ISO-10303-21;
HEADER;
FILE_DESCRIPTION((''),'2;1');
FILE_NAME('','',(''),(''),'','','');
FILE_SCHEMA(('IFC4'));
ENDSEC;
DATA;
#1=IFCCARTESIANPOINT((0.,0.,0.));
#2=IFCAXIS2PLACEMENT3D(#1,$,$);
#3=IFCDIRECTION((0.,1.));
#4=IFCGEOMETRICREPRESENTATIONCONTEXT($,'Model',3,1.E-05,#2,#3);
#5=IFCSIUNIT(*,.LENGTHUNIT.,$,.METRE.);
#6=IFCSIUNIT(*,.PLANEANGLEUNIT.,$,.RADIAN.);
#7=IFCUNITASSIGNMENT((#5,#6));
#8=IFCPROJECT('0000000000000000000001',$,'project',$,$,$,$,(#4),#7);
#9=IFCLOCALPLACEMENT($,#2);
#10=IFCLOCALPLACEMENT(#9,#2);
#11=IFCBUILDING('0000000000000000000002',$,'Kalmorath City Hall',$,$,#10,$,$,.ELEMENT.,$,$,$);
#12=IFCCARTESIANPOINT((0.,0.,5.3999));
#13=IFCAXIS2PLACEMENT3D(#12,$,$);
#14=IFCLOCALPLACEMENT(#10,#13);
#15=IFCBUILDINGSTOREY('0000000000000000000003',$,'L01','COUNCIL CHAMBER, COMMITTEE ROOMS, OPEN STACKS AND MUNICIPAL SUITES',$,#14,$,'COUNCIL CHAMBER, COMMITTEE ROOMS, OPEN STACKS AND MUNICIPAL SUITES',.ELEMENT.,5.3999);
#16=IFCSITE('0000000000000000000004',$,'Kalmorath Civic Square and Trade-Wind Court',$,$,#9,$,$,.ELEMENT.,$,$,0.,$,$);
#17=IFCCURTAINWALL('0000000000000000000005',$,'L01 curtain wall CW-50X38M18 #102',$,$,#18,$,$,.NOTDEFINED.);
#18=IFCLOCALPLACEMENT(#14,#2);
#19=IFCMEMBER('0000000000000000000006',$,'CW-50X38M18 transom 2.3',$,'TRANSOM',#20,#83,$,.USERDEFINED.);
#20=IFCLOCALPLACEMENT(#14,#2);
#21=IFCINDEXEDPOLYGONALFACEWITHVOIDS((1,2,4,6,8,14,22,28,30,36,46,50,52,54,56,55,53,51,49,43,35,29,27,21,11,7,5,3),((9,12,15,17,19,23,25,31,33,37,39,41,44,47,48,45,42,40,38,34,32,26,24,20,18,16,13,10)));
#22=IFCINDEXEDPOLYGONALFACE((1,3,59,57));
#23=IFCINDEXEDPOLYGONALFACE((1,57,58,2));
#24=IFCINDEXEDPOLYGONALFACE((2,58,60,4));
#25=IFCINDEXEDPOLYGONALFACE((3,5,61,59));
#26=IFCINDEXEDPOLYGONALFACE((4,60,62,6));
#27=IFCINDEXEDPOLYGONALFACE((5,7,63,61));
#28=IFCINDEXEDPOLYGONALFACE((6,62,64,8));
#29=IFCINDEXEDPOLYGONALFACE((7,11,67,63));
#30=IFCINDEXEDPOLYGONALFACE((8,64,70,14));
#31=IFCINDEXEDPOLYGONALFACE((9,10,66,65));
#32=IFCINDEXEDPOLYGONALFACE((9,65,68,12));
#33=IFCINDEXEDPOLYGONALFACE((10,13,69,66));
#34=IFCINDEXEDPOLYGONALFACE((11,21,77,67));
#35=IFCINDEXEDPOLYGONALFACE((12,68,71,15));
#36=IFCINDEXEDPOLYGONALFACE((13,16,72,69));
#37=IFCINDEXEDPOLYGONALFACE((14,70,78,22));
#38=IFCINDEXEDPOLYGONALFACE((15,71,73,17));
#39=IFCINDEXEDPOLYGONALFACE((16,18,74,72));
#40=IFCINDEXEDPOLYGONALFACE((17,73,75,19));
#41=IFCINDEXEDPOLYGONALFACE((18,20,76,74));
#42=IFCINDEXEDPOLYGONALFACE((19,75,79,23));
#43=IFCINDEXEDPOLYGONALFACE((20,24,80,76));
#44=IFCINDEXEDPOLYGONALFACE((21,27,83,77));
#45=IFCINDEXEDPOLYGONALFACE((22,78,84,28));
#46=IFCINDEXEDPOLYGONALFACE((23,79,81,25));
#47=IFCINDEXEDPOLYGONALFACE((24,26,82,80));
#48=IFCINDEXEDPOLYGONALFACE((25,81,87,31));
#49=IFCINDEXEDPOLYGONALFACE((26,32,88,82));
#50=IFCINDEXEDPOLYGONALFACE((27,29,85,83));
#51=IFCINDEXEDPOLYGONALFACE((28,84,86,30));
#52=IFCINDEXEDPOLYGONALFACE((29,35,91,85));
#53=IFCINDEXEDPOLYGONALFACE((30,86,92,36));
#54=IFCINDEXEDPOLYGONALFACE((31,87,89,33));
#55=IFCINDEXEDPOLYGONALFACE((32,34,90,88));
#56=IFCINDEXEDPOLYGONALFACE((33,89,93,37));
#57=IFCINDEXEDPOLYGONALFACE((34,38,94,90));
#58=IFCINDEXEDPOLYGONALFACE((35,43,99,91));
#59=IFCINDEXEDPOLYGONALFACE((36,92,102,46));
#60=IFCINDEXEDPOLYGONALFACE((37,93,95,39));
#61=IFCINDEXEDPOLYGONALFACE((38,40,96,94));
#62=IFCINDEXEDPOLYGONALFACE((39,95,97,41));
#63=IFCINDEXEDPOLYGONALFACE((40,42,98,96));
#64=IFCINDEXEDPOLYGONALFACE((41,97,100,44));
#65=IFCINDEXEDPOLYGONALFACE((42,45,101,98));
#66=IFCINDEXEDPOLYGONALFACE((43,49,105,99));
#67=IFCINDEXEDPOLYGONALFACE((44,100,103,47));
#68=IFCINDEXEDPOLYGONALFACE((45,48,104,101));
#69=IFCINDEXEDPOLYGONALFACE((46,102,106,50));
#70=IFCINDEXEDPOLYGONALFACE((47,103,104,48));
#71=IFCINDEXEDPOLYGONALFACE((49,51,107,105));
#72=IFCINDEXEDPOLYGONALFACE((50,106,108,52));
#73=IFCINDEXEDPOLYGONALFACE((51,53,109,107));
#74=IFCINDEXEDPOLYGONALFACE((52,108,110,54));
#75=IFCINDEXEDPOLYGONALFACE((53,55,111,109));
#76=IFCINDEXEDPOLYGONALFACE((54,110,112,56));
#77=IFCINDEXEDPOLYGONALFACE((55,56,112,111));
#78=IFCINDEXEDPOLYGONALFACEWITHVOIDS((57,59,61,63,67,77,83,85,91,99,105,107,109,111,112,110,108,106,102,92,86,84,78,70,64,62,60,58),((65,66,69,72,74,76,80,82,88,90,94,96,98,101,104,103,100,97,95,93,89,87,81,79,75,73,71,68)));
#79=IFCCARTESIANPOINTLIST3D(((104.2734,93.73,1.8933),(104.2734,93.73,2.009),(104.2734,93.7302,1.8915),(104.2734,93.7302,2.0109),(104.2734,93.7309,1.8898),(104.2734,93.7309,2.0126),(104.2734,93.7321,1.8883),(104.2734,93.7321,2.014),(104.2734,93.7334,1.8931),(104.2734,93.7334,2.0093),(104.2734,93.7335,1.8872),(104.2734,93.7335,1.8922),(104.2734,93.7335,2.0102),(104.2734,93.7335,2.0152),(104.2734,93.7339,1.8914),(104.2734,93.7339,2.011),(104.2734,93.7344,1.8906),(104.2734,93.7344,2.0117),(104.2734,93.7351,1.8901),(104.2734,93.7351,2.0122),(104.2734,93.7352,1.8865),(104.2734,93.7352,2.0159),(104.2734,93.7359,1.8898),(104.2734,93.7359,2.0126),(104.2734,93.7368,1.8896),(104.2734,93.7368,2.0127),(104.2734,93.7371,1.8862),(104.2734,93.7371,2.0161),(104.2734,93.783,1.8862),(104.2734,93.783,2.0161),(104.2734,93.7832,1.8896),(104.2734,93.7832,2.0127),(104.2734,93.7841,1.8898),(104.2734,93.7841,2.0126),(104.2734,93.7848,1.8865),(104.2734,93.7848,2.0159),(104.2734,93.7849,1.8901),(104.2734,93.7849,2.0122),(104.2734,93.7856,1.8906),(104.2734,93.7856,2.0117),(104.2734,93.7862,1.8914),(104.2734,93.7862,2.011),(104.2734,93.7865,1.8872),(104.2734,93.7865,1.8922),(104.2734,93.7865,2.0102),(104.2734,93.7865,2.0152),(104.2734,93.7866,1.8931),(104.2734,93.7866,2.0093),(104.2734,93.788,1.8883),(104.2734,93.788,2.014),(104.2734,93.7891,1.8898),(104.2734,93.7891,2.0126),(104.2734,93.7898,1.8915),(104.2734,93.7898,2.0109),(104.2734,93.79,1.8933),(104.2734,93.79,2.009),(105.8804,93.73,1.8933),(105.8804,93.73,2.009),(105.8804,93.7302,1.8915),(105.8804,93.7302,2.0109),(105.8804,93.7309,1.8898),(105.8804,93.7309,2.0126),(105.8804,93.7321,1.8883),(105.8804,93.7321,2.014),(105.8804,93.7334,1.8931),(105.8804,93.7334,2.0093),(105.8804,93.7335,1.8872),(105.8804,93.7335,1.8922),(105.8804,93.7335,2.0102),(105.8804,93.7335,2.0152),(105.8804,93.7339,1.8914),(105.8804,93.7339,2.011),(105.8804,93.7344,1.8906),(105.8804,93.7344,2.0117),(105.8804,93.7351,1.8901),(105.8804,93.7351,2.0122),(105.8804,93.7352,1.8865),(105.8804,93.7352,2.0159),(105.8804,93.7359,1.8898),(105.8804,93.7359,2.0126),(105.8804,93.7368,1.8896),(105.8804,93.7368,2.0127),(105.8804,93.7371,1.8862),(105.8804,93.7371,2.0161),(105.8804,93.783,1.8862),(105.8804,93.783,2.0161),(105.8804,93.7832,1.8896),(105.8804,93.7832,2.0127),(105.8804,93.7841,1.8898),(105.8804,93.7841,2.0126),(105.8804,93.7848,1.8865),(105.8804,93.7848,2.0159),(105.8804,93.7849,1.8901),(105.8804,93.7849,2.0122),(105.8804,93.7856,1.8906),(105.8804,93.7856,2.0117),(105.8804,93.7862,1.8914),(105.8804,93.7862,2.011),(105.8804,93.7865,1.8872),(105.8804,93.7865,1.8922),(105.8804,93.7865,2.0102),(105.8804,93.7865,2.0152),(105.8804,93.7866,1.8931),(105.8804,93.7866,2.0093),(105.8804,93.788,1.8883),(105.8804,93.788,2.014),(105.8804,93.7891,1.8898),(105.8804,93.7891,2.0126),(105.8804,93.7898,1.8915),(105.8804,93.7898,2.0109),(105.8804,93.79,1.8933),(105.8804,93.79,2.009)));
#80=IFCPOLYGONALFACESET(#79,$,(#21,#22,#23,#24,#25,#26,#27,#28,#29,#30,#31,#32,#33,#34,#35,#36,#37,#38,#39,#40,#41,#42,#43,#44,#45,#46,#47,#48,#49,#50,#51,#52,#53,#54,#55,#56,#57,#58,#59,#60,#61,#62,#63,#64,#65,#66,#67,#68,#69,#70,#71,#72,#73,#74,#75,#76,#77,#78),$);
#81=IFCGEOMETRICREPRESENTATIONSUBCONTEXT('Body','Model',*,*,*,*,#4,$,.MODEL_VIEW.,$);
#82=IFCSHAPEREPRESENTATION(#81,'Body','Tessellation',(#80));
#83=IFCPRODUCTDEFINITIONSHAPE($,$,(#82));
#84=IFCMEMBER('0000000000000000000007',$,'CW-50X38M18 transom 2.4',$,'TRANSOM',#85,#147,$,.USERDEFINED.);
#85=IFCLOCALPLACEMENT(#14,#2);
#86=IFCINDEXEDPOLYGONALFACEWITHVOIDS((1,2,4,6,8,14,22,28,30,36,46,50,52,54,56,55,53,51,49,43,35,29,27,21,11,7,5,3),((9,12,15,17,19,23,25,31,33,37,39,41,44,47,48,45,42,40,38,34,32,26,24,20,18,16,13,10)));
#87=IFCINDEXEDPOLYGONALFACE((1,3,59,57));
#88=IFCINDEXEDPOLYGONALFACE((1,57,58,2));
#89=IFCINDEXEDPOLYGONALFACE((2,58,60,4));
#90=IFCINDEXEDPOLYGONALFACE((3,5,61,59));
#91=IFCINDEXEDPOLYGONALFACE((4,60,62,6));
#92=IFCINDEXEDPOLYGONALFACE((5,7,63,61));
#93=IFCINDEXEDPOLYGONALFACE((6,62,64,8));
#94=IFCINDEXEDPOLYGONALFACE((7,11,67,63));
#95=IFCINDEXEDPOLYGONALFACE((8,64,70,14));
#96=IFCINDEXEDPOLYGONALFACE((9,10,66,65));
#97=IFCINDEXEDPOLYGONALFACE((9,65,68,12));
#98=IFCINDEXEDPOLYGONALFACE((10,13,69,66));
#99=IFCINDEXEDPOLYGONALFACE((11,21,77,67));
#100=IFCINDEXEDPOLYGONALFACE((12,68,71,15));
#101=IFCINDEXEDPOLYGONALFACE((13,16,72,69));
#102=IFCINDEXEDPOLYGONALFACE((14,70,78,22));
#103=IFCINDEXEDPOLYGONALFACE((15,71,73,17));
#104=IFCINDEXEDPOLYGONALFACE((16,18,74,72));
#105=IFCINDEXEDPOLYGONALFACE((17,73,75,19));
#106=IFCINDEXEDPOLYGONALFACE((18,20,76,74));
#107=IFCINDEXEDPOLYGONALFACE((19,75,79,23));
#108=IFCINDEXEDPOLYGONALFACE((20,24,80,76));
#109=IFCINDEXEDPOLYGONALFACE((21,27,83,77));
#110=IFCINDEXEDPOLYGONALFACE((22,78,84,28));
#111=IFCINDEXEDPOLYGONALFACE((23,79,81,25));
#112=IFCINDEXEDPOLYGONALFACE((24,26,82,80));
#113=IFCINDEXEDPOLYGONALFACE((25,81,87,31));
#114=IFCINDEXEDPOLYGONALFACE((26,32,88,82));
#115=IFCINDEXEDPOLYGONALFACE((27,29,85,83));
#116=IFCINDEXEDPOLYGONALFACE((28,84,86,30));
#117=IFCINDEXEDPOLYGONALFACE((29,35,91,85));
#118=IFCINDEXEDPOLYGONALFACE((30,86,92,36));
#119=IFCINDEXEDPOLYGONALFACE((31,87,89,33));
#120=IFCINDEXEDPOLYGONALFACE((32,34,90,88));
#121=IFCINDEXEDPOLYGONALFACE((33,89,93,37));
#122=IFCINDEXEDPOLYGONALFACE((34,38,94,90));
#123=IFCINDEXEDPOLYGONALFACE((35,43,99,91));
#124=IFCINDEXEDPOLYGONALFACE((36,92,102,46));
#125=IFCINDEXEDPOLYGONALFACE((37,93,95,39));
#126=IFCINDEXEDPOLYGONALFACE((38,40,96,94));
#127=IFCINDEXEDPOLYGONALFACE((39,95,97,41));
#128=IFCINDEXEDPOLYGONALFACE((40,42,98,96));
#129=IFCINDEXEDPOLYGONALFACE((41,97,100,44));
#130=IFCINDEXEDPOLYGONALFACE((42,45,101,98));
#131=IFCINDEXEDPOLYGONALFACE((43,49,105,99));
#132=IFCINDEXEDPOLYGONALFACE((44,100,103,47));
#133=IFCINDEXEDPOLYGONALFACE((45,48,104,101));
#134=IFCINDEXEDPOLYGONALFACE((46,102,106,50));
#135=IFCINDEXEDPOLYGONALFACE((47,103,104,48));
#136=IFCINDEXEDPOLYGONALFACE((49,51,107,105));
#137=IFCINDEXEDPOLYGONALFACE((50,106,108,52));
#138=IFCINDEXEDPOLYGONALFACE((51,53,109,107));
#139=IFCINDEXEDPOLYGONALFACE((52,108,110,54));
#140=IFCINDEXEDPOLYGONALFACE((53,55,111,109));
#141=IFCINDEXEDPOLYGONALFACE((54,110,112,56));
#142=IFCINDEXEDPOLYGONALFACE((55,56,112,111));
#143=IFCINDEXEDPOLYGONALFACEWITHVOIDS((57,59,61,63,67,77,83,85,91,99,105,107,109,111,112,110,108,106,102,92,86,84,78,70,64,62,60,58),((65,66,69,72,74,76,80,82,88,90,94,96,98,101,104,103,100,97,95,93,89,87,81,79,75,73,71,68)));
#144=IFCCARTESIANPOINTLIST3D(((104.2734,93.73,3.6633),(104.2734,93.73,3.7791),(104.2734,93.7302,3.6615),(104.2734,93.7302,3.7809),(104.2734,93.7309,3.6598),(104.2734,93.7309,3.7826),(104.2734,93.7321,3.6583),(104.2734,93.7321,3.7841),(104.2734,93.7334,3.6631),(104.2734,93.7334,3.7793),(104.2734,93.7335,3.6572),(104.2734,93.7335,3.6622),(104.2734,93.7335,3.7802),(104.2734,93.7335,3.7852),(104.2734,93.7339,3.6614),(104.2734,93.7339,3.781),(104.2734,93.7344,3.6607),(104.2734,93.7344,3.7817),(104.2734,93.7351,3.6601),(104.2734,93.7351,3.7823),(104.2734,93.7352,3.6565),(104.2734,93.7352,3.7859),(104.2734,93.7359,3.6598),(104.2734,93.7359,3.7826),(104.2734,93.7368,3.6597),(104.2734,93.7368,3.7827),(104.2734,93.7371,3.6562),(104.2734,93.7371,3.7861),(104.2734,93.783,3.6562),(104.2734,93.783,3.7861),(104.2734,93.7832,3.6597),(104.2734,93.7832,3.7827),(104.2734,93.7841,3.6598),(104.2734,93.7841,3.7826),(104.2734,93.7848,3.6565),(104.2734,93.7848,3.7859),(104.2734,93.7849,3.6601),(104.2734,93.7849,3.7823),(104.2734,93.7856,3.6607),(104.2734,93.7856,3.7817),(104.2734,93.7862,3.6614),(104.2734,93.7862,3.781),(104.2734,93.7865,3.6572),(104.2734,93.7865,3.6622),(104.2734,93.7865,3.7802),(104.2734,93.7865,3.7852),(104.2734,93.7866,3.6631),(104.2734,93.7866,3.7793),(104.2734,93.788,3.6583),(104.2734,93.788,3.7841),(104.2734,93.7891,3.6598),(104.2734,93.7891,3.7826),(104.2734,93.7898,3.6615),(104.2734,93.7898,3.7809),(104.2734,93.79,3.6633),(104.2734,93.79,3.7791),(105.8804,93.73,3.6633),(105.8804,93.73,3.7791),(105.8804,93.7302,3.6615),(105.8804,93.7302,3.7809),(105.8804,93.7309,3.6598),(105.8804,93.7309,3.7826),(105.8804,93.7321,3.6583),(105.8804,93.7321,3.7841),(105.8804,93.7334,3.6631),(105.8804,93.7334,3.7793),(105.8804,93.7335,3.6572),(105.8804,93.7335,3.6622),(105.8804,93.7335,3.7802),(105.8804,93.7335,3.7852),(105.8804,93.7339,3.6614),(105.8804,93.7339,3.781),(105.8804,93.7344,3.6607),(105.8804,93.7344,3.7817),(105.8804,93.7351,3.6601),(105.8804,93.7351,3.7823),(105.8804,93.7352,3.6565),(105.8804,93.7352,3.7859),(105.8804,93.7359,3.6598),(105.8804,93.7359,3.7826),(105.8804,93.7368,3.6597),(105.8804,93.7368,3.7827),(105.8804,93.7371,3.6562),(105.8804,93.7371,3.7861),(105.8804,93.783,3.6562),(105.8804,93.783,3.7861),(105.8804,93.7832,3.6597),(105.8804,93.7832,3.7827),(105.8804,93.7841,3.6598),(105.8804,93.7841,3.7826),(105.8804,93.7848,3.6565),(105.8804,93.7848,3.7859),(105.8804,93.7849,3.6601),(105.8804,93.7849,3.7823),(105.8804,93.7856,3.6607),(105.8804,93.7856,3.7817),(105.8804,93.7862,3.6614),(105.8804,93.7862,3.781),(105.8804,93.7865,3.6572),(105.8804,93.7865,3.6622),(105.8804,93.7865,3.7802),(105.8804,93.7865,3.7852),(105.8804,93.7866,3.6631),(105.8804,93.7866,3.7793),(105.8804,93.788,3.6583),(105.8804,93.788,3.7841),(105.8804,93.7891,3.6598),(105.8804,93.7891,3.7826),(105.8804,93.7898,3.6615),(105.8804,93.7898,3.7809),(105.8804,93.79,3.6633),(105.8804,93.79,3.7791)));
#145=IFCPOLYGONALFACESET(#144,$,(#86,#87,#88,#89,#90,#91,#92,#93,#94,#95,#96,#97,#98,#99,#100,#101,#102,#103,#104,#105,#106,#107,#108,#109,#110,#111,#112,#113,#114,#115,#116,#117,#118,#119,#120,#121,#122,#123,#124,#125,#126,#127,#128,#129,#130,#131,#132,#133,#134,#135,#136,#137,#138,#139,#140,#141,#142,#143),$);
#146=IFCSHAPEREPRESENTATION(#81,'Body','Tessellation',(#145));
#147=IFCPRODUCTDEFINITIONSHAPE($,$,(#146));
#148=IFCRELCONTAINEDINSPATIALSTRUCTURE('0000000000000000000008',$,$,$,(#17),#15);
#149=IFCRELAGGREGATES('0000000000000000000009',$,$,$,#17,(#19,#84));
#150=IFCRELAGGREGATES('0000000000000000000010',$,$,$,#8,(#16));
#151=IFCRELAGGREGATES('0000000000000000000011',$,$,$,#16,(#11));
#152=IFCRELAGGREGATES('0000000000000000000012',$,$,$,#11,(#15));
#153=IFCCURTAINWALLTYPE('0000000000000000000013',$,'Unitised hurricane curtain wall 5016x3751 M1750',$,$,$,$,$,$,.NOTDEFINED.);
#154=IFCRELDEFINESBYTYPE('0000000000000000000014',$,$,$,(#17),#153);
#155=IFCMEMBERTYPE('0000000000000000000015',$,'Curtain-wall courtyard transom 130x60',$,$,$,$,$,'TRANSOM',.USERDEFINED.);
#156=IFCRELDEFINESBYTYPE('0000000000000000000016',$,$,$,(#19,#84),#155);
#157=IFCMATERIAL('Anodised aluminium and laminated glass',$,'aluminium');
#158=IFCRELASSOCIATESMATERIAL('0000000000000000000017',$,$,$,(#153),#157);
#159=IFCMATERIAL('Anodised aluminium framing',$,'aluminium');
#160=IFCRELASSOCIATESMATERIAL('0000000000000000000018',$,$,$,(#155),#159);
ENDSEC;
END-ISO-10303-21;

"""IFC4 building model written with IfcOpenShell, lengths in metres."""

from ifc_helpers import new_model, si_unit, direction, frame, origin, origin_2d, place, context, subcontext, project, spatial, hollow_rectangle, extrude, material, material_profile, profile_set, type_object, element, aggregate, save


model = new_model("IFC4")

# Units and contexts
model_context = context("Model", 3, precision=1e-05, world=origin(), true_north=direction((0.0, 1.0)))
body_context = subcontext(model_context, "Body", "Model", "MODEL_VIEW")
ifc_project = project(units=[si_unit("LENGTHUNIT", "METRE"), si_unit("PLANEANGLEUNIT", "RADIAN")], contexts=[model_context])

# Site, building, storey
site_placement = place(None, origin())
site = spatial("IfcSite", under=ifc_project, at=site_placement, Name="Kalmorath Civic Square and Trade-Wind Court", CompositionType="ELEMENT", RefElevation=0.0)
building_placement = place(site_placement, origin())
building = spatial("IfcBuilding", under=site, at=building_placement, Name="Kalmorath City Hall", CompositionType="ELEMENT")
storey_placement = place(building_placement, frame((0.0, 0.0, 5.3999)))
storey = spatial("IfcBuildingStorey", under=building, at=storey_placement, Name="L01", Description="COUNCIL CHAMBER, COMMITTEE ROOMS, OPEN STACKS AND MUNICIPAL SUITES", LongName="COUNCIL CHAMBER, COMMITTEE ROOMS, OPEN STACKS AND MUNICIPAL SUITES", CompositionType="ELEMENT", Elevation=5.3999)

# Curtain wall, members
ifc_material_1 = material(Name="Anodised aluminium and laminated glass", Category="aluminium")
curtain_wall_type = type_object("IfcCurtainWallType", Name="Unitised hurricane curtain wall 5016x3751 M1750", PredefinedType="NOTDEFINED", material=ifc_material_1)
curtain_wall_placement = place(storey_placement, origin())
curtain_wall = element("IfcCurtainWall", 1, at=curtain_wall_placement, inside=storey, type_object=curtain_wall_type, Name="L01 curtain wall CW-50X38M18 #102", PredefinedType="NOTDEFINED")
ifc_material_2 = material(Name="Anodised aluminium framing", Category="aluminium")
ifc_material_profile_1 = material_profile(ifc_material_2, hollow_rectangle(XDim=0.0601, YDim=0.1299, WallThickness=0.0034, InnerFilletRadius=0.0034, OuterFilletRadius=0.0071, at=origin_2d()), Name="ALU-TRN-130X60X3.5")
ifc_profile_set_1 = profile_set([ifc_material_profile_1], Name="Anodised aluminium framing")
member_type_1 = type_object("IfcMemberType", Name="Curtain-wall courtyard transom 130x60", ElementType="TRANSOM", PredefinedType="USERDEFINED", material=ifc_profile_set_1)
member_1_placement = place(storey_placement, frame((105.8804, 93.76, 1.9512), z_axis=(-1.0, 0.0, 0.0), x_axis=(0.0, -1.0, 0.0)))
member_1 = element("IfcMember", 2, at=member_1_placement, type_object=member_type_1, Name="CW-50X38M18 transom 2.3", ObjectType="TRANSOM", PredefinedType="USERDEFINED", context=body_context, shape_type="SweptSolid", body=[
    extrude(hollow_rectangle(XDim=0.0601, YDim=0.1299, WallThickness=0.0034, InnerFilletRadius=0.0034, OuterFilletRadius=0.0071, at=origin_2d()), origin(), (0.0, 0.0, 1.0), 1.6069),
])
member_2_placement = place(storey_placement, frame((105.8804, 93.76, 3.7212), z_axis=(-1.0, 0.0, 0.0), x_axis=(0.0, -1.0, 0.0)))
member_2 = element("IfcMember", 3, at=member_2_placement, type_object=member_type_1, Name="CW-50X38M18 transom 2.4", ObjectType="TRANSOM", PredefinedType="USERDEFINED", context=body_context, shape_type="SweptSolid", body=[
    extrude(hollow_rectangle(XDim=0.0601, YDim=0.1299, WallThickness=0.0034, InnerFilletRadius=0.0034, OuterFilletRadius=0.0071, at=origin_2d()), origin(), (0.0, 0.0, 1.0), 1.6069),
])
aggregate(curtain_wall, [member_1, member_2])

save(model, "model.ifc")
